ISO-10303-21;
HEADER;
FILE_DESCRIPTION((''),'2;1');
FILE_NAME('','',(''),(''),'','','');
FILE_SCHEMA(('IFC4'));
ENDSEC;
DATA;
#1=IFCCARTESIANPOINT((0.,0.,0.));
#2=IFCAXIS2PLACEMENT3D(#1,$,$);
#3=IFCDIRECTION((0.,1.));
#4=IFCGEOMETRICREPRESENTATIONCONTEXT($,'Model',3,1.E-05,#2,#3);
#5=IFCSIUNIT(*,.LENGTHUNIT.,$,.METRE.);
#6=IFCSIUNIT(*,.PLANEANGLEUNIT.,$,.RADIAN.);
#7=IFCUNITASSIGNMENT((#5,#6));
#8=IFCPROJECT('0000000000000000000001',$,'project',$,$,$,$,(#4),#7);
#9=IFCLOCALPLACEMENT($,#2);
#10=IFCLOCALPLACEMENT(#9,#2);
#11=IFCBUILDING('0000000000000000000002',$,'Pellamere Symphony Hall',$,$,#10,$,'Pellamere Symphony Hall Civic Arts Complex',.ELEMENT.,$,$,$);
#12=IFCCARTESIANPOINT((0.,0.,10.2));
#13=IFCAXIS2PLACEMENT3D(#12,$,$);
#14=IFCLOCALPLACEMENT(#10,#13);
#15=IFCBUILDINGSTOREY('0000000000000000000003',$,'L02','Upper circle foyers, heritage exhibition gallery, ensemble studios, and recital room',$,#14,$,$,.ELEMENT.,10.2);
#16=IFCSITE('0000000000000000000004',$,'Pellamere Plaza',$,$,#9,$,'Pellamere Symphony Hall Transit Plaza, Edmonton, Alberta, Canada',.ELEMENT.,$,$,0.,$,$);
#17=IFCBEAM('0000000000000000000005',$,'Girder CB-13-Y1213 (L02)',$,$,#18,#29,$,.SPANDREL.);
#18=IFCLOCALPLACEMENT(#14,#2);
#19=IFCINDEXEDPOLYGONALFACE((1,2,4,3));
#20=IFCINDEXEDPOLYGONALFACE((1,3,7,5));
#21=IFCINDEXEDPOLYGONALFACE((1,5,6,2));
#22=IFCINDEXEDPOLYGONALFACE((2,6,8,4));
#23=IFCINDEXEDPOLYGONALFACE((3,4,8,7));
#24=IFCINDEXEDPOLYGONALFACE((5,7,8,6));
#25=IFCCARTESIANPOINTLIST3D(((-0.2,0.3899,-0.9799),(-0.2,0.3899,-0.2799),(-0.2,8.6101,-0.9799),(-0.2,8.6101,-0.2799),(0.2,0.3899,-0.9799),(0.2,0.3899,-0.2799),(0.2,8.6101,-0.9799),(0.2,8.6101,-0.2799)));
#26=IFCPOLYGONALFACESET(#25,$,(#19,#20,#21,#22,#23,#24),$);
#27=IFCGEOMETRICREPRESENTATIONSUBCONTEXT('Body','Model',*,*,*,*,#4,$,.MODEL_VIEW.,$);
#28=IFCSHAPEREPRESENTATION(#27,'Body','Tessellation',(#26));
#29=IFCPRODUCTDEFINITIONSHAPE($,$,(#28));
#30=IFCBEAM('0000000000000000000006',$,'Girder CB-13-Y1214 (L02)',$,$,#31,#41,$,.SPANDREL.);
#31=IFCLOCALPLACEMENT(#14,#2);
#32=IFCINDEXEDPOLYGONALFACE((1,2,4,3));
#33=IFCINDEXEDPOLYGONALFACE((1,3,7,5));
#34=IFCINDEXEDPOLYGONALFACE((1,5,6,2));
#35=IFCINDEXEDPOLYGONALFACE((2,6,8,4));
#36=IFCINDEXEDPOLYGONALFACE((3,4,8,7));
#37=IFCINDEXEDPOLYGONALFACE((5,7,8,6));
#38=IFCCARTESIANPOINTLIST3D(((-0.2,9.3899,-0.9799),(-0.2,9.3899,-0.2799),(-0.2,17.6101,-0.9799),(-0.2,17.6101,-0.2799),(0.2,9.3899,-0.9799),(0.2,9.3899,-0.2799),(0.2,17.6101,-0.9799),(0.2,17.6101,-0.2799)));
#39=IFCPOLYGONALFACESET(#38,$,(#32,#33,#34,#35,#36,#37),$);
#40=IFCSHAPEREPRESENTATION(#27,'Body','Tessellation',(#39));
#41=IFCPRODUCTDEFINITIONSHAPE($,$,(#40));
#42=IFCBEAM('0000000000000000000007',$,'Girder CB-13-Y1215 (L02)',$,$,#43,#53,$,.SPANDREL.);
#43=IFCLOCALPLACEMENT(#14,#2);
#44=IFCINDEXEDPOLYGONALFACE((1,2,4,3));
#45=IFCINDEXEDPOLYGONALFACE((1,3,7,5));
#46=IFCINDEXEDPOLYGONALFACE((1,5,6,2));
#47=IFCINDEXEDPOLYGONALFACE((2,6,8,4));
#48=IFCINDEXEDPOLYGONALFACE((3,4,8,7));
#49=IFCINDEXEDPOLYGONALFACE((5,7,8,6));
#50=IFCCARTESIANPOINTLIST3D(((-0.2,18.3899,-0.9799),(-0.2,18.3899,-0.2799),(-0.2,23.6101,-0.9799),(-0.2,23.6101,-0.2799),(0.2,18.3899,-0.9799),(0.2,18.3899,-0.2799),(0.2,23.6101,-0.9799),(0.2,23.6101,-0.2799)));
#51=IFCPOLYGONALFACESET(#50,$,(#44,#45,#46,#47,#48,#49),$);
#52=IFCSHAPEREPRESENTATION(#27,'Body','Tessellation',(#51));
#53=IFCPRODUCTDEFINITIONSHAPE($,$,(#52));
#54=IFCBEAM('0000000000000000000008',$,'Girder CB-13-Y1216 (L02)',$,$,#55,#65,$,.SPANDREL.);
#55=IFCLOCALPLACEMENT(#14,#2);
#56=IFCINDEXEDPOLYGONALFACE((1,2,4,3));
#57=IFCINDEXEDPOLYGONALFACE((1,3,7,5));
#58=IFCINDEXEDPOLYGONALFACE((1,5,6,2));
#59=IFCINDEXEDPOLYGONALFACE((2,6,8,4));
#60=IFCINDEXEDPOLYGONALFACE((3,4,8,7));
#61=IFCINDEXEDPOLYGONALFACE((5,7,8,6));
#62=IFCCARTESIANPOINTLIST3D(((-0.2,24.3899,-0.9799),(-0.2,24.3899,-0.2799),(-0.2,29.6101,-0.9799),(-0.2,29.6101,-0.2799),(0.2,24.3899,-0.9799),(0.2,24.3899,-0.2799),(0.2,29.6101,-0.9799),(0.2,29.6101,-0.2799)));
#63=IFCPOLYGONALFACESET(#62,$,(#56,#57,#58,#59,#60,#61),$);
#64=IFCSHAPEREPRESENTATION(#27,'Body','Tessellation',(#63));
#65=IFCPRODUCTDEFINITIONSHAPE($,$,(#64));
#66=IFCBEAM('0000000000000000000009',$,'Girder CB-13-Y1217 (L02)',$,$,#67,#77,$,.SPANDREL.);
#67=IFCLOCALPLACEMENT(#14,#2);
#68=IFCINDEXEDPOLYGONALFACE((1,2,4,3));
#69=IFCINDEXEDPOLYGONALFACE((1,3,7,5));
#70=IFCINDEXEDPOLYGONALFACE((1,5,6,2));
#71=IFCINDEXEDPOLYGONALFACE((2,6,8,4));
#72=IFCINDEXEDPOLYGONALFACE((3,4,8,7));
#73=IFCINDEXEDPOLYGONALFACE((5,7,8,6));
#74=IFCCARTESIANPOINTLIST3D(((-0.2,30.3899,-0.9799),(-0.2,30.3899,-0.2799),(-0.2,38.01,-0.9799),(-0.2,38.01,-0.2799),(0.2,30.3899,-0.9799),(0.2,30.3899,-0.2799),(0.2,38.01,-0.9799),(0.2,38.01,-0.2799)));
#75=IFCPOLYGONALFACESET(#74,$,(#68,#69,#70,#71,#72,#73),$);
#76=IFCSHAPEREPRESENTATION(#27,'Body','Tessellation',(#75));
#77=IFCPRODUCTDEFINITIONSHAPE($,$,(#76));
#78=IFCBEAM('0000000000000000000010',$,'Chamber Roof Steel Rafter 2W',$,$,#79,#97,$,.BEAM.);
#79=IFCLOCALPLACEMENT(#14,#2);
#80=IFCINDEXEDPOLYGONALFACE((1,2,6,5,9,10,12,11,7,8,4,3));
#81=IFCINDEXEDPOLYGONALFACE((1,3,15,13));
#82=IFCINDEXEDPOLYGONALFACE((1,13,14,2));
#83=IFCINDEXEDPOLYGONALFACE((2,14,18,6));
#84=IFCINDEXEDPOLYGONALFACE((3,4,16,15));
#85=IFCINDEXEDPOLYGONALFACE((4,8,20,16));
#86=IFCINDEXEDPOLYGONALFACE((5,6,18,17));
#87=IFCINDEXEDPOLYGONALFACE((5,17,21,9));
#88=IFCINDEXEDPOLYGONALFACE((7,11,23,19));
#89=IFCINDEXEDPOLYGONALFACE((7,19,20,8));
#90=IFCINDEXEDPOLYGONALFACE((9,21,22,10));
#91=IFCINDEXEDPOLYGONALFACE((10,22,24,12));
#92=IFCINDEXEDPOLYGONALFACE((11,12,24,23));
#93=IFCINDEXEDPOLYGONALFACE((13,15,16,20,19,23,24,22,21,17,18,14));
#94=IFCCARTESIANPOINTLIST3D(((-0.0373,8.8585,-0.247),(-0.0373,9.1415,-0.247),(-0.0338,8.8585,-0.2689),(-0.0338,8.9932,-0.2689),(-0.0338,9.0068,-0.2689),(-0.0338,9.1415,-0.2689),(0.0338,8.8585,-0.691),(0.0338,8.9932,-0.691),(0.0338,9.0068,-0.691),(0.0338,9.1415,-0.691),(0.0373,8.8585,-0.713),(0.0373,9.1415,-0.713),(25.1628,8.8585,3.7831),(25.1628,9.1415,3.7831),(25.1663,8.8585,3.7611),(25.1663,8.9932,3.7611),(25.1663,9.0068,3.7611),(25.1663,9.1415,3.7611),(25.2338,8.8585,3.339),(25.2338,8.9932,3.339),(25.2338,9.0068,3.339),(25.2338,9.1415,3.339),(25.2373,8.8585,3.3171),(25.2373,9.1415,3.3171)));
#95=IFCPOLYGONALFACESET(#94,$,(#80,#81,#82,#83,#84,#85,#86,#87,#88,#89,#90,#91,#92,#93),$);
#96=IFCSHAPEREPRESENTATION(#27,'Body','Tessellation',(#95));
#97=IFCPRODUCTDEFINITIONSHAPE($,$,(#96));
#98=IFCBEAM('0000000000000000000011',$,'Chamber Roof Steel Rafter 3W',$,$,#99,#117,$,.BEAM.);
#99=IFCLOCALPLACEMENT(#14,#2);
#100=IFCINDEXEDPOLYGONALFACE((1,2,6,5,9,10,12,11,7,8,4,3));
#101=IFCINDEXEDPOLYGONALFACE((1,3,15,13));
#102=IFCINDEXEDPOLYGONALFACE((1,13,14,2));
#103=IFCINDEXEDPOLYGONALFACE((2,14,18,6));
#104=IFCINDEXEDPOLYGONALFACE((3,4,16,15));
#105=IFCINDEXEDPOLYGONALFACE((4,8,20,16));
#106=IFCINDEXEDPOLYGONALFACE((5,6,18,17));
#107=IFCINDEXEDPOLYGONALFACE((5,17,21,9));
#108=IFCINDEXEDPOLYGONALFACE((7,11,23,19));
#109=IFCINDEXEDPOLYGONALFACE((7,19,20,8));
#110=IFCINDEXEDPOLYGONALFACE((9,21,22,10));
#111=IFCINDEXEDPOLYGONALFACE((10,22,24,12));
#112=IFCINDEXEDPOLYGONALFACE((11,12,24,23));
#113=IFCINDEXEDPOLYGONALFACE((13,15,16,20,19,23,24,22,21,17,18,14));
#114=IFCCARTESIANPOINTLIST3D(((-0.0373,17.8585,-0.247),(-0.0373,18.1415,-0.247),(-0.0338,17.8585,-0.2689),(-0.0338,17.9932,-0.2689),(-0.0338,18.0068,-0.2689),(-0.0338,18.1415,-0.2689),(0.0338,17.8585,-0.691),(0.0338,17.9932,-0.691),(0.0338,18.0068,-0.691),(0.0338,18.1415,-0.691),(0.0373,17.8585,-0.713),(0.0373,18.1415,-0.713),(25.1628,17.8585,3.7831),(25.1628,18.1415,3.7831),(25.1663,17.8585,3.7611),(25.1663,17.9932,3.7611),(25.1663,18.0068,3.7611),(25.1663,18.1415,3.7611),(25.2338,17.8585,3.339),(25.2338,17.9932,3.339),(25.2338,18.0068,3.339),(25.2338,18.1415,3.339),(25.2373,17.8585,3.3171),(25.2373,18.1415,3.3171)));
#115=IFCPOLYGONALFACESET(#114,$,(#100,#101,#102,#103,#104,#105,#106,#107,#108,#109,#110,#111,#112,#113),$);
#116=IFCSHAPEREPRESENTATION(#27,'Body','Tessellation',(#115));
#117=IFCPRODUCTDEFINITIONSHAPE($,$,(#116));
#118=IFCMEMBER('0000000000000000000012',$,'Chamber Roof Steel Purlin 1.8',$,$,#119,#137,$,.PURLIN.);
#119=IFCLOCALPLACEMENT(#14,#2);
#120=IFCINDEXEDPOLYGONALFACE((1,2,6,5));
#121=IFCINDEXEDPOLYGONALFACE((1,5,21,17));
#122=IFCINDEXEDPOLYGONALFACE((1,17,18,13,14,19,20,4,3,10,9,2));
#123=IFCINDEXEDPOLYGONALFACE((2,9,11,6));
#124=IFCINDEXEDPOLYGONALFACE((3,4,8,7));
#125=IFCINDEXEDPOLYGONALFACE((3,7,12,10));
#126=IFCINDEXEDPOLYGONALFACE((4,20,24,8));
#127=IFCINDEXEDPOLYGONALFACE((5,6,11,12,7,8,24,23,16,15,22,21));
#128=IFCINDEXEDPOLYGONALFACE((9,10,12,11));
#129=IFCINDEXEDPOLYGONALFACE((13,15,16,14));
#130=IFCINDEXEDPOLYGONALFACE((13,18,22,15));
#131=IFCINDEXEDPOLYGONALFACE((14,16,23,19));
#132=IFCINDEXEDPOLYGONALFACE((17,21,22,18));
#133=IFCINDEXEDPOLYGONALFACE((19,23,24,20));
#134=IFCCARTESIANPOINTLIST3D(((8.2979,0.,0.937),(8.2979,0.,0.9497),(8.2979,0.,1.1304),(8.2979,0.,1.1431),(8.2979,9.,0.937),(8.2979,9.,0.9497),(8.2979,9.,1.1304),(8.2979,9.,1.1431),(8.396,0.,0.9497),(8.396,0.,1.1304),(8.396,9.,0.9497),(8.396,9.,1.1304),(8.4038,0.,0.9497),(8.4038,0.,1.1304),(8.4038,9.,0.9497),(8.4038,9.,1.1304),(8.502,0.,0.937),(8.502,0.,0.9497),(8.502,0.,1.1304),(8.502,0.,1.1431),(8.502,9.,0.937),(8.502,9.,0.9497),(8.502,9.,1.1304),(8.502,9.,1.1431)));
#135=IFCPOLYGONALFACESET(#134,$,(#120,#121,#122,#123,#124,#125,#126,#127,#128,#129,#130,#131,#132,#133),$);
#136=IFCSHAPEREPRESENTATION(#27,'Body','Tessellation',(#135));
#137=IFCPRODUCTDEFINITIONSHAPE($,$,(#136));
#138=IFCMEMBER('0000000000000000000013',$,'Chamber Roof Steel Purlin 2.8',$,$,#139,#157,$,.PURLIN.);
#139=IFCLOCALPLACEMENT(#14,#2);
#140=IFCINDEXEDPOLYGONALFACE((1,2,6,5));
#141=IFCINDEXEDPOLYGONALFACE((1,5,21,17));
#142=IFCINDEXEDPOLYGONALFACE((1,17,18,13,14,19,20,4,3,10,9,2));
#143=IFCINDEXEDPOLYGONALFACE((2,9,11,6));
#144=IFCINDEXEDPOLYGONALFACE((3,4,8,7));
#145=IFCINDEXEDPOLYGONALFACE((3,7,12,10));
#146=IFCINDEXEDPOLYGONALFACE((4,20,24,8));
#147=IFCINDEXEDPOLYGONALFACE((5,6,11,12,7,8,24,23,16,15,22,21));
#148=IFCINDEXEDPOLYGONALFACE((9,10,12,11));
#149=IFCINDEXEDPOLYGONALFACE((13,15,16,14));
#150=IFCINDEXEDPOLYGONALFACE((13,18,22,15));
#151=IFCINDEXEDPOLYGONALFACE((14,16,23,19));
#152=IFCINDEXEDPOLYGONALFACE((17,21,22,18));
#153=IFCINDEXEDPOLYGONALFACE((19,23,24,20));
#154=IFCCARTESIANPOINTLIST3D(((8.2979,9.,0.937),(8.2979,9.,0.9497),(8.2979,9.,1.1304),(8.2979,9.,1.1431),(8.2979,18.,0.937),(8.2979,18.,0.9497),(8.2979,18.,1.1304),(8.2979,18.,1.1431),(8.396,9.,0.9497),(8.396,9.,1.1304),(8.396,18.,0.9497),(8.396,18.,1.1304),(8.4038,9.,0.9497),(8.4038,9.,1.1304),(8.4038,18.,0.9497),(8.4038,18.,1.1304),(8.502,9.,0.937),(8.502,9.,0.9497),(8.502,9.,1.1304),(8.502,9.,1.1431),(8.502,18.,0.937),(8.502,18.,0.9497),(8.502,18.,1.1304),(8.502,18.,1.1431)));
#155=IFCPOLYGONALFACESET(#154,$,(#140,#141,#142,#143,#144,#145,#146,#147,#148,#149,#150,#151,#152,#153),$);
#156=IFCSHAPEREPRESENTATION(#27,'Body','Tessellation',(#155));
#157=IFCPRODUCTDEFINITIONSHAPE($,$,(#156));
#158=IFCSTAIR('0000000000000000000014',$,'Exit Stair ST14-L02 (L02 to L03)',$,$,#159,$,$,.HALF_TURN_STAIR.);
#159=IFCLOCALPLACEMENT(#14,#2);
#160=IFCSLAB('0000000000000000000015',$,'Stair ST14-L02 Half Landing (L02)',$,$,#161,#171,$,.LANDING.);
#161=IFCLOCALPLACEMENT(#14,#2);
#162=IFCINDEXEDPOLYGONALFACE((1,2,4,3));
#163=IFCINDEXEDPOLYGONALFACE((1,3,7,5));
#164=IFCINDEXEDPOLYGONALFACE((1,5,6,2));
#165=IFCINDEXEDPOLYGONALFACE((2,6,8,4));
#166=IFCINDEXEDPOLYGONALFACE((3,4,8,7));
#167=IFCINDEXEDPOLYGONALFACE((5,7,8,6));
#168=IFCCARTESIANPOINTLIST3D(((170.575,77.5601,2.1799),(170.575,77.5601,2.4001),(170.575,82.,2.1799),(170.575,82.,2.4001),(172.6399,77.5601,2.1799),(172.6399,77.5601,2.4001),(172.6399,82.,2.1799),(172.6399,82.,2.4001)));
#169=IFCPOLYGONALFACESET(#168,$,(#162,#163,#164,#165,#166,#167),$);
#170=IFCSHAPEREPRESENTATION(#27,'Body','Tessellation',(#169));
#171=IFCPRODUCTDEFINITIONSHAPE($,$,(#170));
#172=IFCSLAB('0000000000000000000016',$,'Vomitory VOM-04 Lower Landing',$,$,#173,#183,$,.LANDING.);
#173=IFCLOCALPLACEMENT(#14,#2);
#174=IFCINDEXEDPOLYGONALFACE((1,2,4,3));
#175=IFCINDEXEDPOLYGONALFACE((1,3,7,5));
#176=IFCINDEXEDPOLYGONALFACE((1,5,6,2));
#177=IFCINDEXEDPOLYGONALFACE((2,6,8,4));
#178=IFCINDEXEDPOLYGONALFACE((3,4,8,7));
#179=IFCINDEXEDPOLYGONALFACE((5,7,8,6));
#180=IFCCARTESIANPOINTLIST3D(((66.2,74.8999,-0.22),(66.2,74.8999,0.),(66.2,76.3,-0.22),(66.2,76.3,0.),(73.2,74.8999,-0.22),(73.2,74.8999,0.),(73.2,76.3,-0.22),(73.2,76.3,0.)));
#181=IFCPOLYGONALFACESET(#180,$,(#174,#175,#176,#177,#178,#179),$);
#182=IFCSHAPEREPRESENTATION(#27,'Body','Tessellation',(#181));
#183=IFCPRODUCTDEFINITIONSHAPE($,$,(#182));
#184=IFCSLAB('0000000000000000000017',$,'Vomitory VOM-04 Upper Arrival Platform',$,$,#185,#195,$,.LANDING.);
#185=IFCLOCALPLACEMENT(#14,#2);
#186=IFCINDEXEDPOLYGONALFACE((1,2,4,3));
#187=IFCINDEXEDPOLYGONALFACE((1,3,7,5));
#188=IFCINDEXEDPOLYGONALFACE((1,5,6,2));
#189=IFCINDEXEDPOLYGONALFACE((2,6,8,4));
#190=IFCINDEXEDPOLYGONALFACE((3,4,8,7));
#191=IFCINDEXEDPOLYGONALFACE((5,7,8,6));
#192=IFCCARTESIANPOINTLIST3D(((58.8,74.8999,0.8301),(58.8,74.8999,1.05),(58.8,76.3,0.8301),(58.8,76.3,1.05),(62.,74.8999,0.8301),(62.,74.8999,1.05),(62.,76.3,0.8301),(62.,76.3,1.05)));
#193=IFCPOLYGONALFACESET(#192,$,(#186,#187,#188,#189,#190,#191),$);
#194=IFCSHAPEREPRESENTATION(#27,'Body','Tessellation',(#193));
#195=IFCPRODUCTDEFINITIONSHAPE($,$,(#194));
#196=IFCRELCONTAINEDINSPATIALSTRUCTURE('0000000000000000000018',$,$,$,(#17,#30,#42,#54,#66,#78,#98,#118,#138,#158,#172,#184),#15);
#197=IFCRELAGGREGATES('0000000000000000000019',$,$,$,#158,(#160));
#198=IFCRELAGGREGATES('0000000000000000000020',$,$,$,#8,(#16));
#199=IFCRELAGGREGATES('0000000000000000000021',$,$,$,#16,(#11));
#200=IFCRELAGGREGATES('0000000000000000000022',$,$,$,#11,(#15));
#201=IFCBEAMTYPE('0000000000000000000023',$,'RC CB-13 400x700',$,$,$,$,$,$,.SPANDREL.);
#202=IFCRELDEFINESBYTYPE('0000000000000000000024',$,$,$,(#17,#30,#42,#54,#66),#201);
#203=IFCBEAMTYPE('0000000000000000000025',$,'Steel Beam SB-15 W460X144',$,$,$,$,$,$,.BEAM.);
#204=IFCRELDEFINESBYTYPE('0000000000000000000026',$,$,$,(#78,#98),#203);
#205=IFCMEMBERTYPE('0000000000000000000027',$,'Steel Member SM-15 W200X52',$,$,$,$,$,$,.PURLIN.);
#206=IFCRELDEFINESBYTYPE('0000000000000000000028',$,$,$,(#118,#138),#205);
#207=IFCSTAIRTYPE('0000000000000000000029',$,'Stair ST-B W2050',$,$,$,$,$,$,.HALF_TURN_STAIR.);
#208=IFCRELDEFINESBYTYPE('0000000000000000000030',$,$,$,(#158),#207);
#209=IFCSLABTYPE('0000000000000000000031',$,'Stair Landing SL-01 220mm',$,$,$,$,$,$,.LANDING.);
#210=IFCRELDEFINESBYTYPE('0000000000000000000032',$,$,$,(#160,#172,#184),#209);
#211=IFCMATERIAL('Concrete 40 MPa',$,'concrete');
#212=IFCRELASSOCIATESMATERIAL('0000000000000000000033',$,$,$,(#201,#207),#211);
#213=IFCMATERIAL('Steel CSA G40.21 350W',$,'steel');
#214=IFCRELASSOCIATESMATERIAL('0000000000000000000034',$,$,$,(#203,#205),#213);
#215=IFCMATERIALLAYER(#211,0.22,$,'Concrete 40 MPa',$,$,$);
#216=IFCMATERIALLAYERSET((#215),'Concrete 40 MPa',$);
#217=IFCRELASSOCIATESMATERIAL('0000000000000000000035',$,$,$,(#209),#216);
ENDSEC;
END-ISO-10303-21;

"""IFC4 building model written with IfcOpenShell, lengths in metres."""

from ifc_helpers import new_model, si_unit, direction, frame, origin, origin_2d, place, context, subcontext, project, spatial, polyline, rectangle, i_section, outline, extrude, material, layer, layer_set, material_profile, profile_set, type_object, element, aggregate, save


model = new_model("IFC4")

# Units and contexts
model_context = context("Model", 3, precision=1e-05, world=origin(), true_north=direction((0.0, 1.0)))
body_context = subcontext(model_context, "Body", "Model", "MODEL_VIEW")
ifc_project = project(units=[si_unit("LENGTHUNIT", "METRE"), si_unit("PLANEANGLEUNIT", "RADIAN")], contexts=[model_context])

# Site, building, storey
site_placement = place(None, origin())
site = spatial("IfcSite", under=ifc_project, at=site_placement, Name="Pellamere Plaza", LongName="Pellamere Symphony Hall Transit Plaza, Edmonton, Alberta, Canada", CompositionType="ELEMENT", RefElevation=0.0)
building_placement = place(site_placement, origin())
building = spatial("IfcBuilding", under=site, at=building_placement, Name="Pellamere Symphony Hall", LongName="Pellamere Symphony Hall Civic Arts Complex", CompositionType="ELEMENT")
storey_placement = place(building_placement, frame((0.0, 0.0, 10.2)))
storey = spatial("IfcBuildingStorey", under=building, at=storey_placement, Name="L02", Description="Upper circle foyers, heritage exhibition gallery, ensemble studios, and recital room", CompositionType="ELEMENT", Elevation=10.2)

# Beams
ifc_material_1 = material(Name="Concrete 40 MPa", Category="concrete")
ifc_material_profile_1 = material_profile(ifc_material_1, rectangle(XDim=0.3999, YDim=0.7, at=origin_2d()), Name="RC 400x700")
ifc_profile_set_1 = profile_set([ifc_material_profile_1], Name="Concrete 40 MPa")
beam_type_1 = type_object("IfcBeamType", Name="RC CB-13 400x700", PredefinedType="SPANDREL", material=ifc_profile_set_1)
for number, where, z_axis, x_axis, name in (
    (1, (0.0, 0.3899, -0.6299), (0.0, 1.0, 0.0), (-1.0, 0.0, 0.0), "Girder CB-13-Y1213 (L02)"),
    (2, (0.0, 9.3899, -0.6299), (0.0, 1.0, 0.0), (-1.0, 0.0, 0.0), "Girder CB-13-Y1214 (L02)"),
):
    element("IfcBeam", number, at=place(storey_placement, frame(where, z_axis=z_axis, x_axis=x_axis)), inside=storey, type_object=beam_type_1, Name=name, PredefinedType="SPANDREL", context=body_context, shape_type="SweptSolid", body=[
        extrude(rectangle(XDim=0.3999, YDim=0.7, at=origin_2d()), origin(), (0.0, 0.0, 1.0), 8.2202),
    ])
for number, where, z_axis, x_axis, name in (
    (3, (0.0, 18.3899, -0.6299), (0.0, 1.0, 0.0), (-1.0, 0.0, 0.0), "Girder CB-13-Y1215 (L02)"),
    (4, (0.0, 24.3899, -0.6299), (0.0, 1.0, 0.0), (-1.0, 0.0, 0.0), "Girder CB-13-Y1216 (L02)"),
):
    element("IfcBeam", number, at=place(storey_placement, frame(where, z_axis=z_axis, x_axis=x_axis)), inside=storey, type_object=beam_type_1, Name=name, PredefinedType="SPANDREL", context=body_context, shape_type="SweptSolid", body=[
        extrude(rectangle(XDim=0.3999, YDim=0.7, at=origin_2d()), origin(), (0.0, 0.0, 1.0), 5.2202),
    ])
beam_placement = place(storey_placement, frame((0.0, 30.3899, -0.6299), z_axis=(0.0, 1.0, 0.0), x_axis=(-1.0, 0.0, 0.0)))
element("IfcBeam", 5, at=beam_placement, inside=storey, type_object=beam_type_1, Name="Girder CB-13-Y1217 (L02)", PredefinedType="SPANDREL", context=body_context, shape_type="SweptSolid", body=[
    extrude(rectangle(XDim=0.3999, YDim=0.7, at=origin_2d()), origin(), (0.0, 0.0, 1.0), 7.6201),
])
ifc_material_2 = material(Name="Steel CSA G40.21 350W", Category="steel")
ifc_material_profile_2 = material_profile(ifc_material_2, i_section(OverallWidth=0.283, OverallDepth=0.4719, WebThickness=0.0137, FlangeThickness=0.0222, at=origin_2d()), Name="W460X144")
ifc_profile_set_2 = profile_set([ifc_material_profile_2], Name="Steel CSA G40.21 350W")
beam_type_2 = type_object("IfcBeamType", Name="Steel Beam SB-15 W460X144", PredefinedType="BEAM", material=ifc_profile_set_2)
for number, where, z_axis, x_axis, name in (
    (6, (0.0, 9.0, -0.48), (0.987453, 0.0, 0.157916), (0.0, 1.0, 0.0), "Chamber Roof Steel Rafter 2W"),
    (7, (0.0, 18.0, -0.48), (0.987453, 0.0, 0.157916), (0.0, 1.0, 0.0), "Chamber Roof Steel Rafter 3W"),
):
    element("IfcBeam", number, at=place(storey_placement, frame(where, z_axis=z_axis, x_axis=x_axis)), inside=storey, type_object=beam_type_2, Name=name, PredefinedType="BEAM", context=body_context, shape_type="SweptSolid", body=[
        extrude(i_section(OverallWidth=0.283, OverallDepth=0.4719, WebThickness=0.0137, FlangeThickness=0.0222, at=origin_2d()), origin(), (0.0, 0.0, 1.0), 25.5203),
    ])

# Members
ifc_material_profile_3 = material_profile(ifc_material_2, i_section(OverallWidth=0.2041, OverallDepth=0.2061, WebThickness=0.0078, FlangeThickness=0.0127, at=origin_2d()), Name="W200X52")
ifc_profile_set_3 = profile_set([ifc_material_profile_3], Name="Steel CSA G40.21 350W")
member_type = type_object("IfcMemberType", Name="Steel Member SM-15 W200X52", PredefinedType="PURLIN", material=ifc_profile_set_3)
for number, where, z_axis, x_axis, name in (
    (8, (8.3999, 0.0, 1.04), (0.0, 1.0, 0.0), (-1.0, 0.0, 0.0), "Chamber Roof Steel Purlin 1.8"),
    (9, (8.3999, 9.0, 1.04), (0.0, 1.0, 0.0), (-1.0, 0.0, 0.0), "Chamber Roof Steel Purlin 2.8"),
):
    element("IfcMember", number, at=place(storey_placement, frame(where, z_axis=z_axis, x_axis=x_axis)), inside=storey, type_object=member_type, Name=name, PredefinedType="PURLIN", context=body_context, shape_type="SweptSolid", body=[
        extrude(i_section(OverallWidth=0.2041, OverallDepth=0.2061, WebThickness=0.0078, FlangeThickness=0.0127, at=origin_2d()), origin(), (0.0, 0.0, 1.0), 9.0),
    ])

# Stair, slab
stair_type_1 = type_object("IfcStairType", Name="Stair ST-B W2050", PredefinedType="HALF_TURN_STAIR", material=ifc_material_1)
stair_1_placement = place(storey_placement, origin())
stair_1 = element("IfcStair", 10, at=stair_1_placement, inside=storey, type_object=stair_type_1, Name="Exit Stair ST14-L02 (L02 to L03)", PredefinedType="HALF_TURN_STAIR")
ifc_layer_1 = layer(ifc_material_1, 0.22, Name="Concrete 40 MPa")
ifc_layer_set_1 = layer_set([ifc_layer_1], Name="Concrete 40 MPa")
slab_type_1 = type_object("IfcSlabType", Name="Stair Landing SL-01 220mm", PredefinedType="LANDING", material=ifc_layer_set_1)
slab_1_placement = place(storey_placement, frame((0.0, 0.0, 2.1799)))
slab_1 = element("IfcSlab", 11, at=slab_1_placement, type_object=slab_type_1, Name="Stair ST14-L02 Half Landing (L02)", PredefinedType="LANDING", context=body_context, shape_type="SweptSolid", body=[
    extrude(outline(polyline([(170.575, 77.5601), (172.6399, 77.5601), (172.6399, 82.0), (170.575, 82.0), (170.575, 77.5601)])), origin(), (0.0, 0.0, 1.0), 0.2202),
])
aggregate(stair_1, [slab_1])

# Slabs
slab_2_placement = place(storey_placement, frame((0.0, 0.0, -0.22)))
element("IfcSlab", 12, at=slab_2_placement, inside=storey, type_object=slab_type_1, Name="Vomitory VOM-04 Lower Landing", PredefinedType="LANDING", context=body_context, shape_type="SweptSolid", body=[
    extrude(outline(polyline([(66.2, 74.8999), (73.2, 74.8999), (73.2, 76.3), (66.2, 76.3), (66.2, 74.8999)])), origin(), (0.0, 0.0, 1.0), 0.22),
])
slab_3_placement = place(storey_placement, frame((0.0, 0.0, 0.8301)))
element("IfcSlab", 13, at=slab_3_placement, inside=storey, type_object=slab_type_1, Name="Vomitory VOM-04 Upper Arrival Platform", PredefinedType="LANDING", context=body_context, shape_type="SweptSolid", body=[
    extrude(outline(polyline([(58.8, 74.8999), (62.0, 74.8999), (62.0, 76.3), (58.8, 76.3), (58.8, 74.8999)])), origin(), (0.0, 0.0, 1.0), 0.22),
])

save(model, "model.ifc")
